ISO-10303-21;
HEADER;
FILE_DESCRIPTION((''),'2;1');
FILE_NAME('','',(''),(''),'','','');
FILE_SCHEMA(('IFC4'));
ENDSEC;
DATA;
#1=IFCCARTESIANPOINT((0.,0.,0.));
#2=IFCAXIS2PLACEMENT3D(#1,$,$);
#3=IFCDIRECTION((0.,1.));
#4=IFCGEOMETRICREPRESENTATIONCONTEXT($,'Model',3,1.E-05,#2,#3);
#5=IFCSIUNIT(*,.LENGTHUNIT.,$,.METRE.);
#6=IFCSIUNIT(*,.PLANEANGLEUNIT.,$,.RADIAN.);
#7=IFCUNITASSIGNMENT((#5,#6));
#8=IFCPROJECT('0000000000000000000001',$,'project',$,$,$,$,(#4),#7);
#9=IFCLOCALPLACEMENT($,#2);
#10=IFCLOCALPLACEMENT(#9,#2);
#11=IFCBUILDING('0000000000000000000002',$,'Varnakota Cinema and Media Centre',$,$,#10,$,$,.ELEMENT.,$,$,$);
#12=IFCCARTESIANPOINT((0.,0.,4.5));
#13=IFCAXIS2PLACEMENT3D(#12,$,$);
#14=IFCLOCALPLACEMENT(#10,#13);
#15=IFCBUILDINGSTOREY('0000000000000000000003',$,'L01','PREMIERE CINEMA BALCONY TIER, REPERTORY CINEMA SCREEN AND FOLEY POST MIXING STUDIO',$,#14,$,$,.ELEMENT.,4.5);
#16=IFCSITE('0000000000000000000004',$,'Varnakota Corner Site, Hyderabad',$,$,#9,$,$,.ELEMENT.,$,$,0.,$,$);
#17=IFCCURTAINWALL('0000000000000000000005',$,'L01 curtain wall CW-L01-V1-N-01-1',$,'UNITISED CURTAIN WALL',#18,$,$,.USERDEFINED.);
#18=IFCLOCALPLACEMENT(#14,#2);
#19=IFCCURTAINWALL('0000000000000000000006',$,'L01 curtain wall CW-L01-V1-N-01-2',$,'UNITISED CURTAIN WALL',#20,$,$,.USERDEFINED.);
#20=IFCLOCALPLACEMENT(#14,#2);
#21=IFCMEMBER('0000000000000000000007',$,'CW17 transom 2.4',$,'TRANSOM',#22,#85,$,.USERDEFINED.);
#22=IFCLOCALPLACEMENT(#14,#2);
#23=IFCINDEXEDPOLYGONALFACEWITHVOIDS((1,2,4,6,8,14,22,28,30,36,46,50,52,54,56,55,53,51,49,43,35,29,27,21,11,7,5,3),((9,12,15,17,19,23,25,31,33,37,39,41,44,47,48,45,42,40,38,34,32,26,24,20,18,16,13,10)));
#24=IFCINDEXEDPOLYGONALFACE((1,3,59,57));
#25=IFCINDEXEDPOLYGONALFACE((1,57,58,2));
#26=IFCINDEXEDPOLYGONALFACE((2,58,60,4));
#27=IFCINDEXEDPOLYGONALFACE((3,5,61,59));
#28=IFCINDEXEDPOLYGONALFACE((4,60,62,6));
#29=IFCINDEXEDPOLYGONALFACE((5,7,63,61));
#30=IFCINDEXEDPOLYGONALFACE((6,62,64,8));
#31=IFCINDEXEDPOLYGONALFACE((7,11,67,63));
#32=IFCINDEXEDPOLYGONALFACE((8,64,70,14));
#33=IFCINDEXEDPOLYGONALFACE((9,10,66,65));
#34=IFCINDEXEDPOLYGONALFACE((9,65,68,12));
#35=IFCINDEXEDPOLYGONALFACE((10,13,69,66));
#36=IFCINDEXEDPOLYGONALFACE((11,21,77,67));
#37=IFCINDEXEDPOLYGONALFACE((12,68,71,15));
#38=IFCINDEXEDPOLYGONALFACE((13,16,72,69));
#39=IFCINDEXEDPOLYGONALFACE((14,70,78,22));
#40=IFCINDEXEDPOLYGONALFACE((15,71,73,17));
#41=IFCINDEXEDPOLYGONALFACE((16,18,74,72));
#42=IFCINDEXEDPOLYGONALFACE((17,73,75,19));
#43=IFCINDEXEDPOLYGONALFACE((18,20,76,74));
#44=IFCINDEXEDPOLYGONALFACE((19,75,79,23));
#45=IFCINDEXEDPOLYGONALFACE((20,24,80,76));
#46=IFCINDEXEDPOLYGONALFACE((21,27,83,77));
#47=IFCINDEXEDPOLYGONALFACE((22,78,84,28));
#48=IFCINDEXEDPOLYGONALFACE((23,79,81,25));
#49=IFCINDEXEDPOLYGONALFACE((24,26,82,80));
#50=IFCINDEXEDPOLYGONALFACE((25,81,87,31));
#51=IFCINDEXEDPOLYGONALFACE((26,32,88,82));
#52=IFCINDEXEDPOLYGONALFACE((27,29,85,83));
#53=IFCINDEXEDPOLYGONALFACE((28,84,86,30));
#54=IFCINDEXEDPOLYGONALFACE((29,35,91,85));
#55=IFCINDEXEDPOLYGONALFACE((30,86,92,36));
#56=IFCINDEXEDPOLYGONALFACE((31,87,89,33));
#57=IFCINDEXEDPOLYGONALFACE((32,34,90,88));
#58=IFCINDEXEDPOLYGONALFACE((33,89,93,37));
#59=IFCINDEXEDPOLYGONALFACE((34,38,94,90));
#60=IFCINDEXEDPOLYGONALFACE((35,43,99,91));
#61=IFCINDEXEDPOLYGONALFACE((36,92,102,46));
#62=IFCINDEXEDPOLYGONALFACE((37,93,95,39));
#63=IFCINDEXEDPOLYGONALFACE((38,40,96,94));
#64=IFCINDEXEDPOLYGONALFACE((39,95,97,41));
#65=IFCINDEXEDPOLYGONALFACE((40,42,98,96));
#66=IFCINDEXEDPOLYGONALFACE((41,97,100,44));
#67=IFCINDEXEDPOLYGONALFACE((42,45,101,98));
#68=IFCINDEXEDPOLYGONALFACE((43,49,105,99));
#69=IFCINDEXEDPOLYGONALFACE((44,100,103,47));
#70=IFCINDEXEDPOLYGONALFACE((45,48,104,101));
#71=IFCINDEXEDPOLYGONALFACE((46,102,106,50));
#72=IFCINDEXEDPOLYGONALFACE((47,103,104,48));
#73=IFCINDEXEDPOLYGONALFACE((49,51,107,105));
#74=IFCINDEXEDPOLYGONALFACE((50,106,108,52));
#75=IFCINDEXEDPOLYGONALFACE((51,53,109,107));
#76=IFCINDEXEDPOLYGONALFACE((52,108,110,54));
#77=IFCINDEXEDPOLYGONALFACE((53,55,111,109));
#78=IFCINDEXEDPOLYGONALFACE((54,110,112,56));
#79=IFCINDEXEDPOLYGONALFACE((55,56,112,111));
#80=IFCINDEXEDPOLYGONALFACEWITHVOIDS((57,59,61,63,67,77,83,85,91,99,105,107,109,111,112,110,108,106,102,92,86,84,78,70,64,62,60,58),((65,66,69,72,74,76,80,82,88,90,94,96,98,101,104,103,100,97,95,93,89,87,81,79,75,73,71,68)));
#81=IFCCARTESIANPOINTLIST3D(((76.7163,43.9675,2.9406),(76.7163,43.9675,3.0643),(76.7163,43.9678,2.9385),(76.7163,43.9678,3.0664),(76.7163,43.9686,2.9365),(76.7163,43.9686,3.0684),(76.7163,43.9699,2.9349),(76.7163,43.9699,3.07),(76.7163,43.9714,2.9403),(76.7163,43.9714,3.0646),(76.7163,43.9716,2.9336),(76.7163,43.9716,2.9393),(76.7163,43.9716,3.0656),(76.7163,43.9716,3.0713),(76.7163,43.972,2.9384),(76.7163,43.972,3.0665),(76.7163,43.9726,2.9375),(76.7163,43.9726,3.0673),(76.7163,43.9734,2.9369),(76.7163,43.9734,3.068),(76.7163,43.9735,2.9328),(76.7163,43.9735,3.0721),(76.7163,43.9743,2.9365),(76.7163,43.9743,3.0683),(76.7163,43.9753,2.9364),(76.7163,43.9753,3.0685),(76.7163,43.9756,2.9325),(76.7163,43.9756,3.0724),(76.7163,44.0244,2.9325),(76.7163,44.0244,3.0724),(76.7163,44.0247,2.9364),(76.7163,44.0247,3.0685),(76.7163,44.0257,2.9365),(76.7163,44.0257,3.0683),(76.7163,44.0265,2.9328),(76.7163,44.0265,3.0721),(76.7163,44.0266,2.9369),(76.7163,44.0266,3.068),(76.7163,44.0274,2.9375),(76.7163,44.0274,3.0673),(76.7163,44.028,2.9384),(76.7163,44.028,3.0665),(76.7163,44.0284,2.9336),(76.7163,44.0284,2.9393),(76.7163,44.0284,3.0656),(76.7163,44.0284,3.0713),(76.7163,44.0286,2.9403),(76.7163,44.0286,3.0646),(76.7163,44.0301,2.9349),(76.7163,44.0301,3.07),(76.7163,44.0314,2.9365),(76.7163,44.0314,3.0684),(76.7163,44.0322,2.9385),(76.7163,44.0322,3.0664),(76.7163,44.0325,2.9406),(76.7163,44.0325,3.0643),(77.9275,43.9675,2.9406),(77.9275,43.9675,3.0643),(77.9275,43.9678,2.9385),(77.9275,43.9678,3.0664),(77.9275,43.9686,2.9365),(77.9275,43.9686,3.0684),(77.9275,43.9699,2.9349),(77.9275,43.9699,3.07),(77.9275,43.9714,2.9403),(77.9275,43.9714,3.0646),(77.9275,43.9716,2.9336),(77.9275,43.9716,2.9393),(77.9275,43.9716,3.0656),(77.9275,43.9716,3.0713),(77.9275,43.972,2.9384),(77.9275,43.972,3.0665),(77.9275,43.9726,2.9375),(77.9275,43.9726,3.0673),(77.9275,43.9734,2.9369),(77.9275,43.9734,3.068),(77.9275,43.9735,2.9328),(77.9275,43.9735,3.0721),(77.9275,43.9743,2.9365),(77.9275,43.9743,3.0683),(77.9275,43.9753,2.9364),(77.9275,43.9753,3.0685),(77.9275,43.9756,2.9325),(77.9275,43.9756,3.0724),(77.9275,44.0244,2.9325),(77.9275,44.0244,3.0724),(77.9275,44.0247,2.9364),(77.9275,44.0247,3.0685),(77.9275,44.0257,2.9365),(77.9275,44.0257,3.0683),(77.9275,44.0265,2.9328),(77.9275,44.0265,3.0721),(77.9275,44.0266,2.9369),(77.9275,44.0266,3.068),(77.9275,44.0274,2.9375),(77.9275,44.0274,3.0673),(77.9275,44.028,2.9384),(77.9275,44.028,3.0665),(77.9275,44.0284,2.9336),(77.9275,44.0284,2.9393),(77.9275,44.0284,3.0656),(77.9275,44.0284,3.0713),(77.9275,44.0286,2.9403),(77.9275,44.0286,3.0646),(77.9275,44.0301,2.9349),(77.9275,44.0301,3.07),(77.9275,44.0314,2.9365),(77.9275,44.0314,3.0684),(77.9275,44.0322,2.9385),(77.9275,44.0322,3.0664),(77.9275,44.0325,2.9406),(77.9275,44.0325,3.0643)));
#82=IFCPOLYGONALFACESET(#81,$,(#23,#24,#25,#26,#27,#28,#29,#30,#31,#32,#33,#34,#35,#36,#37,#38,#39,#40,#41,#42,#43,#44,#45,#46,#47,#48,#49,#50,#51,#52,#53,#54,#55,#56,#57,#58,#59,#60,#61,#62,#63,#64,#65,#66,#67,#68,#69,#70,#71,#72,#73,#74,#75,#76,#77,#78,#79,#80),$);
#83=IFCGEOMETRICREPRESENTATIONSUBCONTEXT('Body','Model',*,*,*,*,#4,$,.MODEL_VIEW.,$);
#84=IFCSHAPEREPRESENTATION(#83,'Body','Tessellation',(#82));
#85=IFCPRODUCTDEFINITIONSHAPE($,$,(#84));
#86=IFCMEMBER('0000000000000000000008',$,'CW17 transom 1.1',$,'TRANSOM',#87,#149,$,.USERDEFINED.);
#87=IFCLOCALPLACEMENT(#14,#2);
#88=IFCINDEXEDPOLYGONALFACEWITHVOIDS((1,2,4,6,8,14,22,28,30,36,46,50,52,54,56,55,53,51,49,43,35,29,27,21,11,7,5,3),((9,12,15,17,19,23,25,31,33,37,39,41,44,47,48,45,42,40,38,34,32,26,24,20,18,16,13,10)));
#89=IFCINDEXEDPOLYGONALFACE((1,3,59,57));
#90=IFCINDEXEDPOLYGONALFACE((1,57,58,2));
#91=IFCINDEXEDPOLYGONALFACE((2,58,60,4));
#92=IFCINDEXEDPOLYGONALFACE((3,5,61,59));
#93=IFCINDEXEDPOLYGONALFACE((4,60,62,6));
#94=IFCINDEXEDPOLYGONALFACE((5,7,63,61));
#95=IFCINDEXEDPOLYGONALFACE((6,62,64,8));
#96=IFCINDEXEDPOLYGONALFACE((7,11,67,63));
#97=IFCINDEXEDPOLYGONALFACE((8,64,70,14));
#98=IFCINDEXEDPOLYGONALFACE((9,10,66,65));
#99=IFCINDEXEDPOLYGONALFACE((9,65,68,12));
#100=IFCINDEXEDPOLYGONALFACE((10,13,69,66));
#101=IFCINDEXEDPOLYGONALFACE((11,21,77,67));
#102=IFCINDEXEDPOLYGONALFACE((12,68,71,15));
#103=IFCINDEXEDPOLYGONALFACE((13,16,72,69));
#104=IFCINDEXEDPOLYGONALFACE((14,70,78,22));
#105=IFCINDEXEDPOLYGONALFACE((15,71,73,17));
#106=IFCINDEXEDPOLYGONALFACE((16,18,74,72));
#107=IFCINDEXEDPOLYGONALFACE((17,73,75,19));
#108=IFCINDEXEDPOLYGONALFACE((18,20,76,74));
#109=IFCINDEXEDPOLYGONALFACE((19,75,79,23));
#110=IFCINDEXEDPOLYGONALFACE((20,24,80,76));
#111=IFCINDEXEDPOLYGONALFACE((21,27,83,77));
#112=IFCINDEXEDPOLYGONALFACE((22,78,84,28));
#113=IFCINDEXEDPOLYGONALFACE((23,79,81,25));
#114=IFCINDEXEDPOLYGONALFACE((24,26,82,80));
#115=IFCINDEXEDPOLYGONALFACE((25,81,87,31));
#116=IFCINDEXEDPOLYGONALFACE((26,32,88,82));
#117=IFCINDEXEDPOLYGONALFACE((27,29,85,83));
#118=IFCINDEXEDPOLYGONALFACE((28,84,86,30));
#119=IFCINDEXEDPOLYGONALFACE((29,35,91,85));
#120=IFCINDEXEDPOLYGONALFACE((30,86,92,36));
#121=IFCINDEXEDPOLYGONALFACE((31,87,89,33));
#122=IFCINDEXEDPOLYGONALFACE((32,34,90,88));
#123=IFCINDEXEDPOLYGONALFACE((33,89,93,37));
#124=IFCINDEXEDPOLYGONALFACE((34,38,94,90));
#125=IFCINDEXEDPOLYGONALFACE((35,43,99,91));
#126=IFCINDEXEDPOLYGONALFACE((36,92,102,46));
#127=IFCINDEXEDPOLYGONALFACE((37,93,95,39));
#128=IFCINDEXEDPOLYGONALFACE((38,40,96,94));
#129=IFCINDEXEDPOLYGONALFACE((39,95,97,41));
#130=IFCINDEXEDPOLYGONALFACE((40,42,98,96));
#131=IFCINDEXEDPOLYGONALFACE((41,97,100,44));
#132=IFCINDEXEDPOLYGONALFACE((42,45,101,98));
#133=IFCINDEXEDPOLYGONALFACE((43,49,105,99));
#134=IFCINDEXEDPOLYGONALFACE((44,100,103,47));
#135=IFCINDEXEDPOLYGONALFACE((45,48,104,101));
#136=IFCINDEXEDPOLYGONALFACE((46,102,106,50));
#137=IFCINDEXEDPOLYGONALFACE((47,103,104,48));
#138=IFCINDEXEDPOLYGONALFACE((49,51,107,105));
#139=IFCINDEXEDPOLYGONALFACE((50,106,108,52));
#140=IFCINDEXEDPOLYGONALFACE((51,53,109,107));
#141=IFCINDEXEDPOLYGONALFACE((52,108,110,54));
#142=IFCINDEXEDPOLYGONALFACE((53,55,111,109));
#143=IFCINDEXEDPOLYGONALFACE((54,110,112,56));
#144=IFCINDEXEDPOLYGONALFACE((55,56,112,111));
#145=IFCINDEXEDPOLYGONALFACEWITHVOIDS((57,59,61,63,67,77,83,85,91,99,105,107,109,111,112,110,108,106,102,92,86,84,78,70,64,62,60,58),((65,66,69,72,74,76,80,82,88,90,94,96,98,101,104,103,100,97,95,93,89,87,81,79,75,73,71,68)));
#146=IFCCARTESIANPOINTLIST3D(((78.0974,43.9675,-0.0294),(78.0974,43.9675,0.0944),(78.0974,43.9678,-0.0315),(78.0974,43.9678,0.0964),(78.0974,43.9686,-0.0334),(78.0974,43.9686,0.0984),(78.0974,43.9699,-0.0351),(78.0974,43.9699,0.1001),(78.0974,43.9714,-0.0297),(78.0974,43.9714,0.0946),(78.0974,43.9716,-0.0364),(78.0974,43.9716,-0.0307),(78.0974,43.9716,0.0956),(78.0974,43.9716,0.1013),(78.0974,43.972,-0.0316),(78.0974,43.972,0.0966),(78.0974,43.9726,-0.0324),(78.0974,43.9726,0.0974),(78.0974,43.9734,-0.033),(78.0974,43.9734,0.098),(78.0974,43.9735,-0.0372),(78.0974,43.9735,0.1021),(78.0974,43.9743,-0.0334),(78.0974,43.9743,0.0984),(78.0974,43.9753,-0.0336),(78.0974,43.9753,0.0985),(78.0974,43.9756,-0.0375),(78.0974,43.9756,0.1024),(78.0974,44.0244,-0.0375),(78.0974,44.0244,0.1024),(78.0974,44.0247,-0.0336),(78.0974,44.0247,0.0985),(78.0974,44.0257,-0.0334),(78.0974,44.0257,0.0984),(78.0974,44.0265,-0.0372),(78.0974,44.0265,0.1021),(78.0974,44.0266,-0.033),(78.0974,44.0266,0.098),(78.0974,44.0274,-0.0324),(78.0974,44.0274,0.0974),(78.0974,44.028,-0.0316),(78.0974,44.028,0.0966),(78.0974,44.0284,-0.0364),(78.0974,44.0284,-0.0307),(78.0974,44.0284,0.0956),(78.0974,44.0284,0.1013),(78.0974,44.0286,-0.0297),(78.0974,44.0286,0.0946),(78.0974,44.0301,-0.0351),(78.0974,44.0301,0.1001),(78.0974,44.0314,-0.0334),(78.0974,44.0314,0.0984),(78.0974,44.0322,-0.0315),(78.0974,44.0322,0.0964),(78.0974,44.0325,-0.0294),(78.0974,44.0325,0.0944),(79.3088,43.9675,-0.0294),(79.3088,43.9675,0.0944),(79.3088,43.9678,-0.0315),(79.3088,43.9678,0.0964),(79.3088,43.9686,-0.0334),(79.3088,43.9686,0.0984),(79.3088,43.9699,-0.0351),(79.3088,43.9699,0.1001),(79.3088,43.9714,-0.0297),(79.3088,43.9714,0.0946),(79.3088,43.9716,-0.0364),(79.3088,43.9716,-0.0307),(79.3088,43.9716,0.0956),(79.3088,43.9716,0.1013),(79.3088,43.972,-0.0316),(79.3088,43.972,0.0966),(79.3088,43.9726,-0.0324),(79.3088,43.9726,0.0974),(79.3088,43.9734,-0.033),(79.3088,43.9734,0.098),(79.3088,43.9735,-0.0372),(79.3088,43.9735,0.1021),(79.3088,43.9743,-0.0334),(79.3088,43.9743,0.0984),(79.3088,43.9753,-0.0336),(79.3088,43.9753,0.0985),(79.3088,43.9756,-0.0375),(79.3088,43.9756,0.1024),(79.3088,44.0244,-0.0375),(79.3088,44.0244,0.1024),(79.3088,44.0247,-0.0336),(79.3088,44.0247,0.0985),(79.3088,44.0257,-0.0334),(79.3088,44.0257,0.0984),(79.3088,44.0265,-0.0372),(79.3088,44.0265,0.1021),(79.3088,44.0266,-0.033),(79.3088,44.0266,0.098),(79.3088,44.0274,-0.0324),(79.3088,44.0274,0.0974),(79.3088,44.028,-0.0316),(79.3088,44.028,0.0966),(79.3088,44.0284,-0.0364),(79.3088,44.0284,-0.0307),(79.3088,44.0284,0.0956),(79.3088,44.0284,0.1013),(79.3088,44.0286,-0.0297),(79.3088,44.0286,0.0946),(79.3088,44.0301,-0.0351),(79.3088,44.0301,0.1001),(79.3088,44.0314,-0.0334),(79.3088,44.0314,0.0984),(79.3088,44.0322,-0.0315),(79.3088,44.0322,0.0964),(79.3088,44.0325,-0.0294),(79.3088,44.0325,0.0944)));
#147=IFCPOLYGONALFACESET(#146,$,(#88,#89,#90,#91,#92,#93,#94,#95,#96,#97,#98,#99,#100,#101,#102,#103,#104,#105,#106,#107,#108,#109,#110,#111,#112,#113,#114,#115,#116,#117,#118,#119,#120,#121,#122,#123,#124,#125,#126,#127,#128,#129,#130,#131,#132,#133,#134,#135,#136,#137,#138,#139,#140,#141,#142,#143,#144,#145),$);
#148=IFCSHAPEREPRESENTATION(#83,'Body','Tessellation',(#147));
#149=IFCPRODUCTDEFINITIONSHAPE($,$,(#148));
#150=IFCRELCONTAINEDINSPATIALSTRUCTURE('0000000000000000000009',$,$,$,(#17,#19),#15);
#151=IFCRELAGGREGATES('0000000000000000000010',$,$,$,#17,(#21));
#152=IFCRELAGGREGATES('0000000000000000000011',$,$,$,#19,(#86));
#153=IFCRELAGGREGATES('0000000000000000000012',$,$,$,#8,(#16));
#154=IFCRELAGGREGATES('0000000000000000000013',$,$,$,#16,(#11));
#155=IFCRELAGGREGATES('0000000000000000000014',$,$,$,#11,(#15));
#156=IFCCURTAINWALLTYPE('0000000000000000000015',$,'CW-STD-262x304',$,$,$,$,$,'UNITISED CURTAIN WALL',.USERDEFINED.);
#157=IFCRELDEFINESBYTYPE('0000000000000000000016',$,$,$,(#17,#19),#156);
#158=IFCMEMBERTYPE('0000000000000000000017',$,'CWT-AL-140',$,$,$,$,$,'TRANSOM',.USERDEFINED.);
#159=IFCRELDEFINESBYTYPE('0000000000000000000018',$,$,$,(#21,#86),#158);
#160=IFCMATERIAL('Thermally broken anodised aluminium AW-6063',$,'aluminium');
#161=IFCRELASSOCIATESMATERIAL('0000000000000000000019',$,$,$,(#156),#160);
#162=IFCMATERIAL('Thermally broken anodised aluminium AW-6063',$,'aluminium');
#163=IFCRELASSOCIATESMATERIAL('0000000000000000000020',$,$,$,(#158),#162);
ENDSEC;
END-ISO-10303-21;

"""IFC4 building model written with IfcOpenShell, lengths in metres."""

from ifc_helpers import new_model, si_unit, direction, frame, origin, origin_2d, place, context, subcontext, project, spatial, hollow_rectangle, extrude, material, material_profile, profile_set, type_object, element, aggregate, save


model = new_model("IFC4")

# Units and contexts
model_context = context("Model", 3, precision=1e-05, world=origin(), true_north=direction((0.0, 1.0)))
body_context = subcontext(model_context, "Body", "Model", "MODEL_VIEW")
ifc_project = project(units=[si_unit("LENGTHUNIT", "METRE"), si_unit("PLANEANGLEUNIT", "RADIAN")], contexts=[model_context])

# Site, building, storey
site_placement = place(None, origin())
site = spatial("IfcSite", under=ifc_project, at=site_placement, Name="Varnakota Corner Site, Hyderabad", CompositionType="ELEMENT", RefElevation=0.0)
building_placement = place(site_placement, origin())
building = spatial("IfcBuilding", under=site, at=building_placement, Name="Varnakota Cinema and Media Centre", CompositionType="ELEMENT")
storey_placement = place(building_placement, frame((0.0, 0.0, 4.5)))
storey = spatial("IfcBuildingStorey", under=building, at=storey_placement, Name="L01", Description="PREMIERE CINEMA BALCONY TIER, REPERTORY CINEMA SCREEN AND FOLEY POST MIXING STUDIO", CompositionType="ELEMENT", Elevation=4.5)

# Curtain wall
ifc_material_1 = material(Name="Thermally broken anodised aluminium AW-6063", Category="aluminium")
curtain_wall_type = type_object("IfcCurtainWallType", Name="CW-STD-262x304", ElementType="UNITISED CURTAIN WALL", PredefinedType="USERDEFINED", material=ifc_material_1)
curtain_wall_1_placement = place(storey_placement, origin())
curtain_wall_1 = element("IfcCurtainWall", 1, at=curtain_wall_1_placement, inside=storey, type_object=curtain_wall_type, Name="L01 curtain wall CW-L01-V1-N-01-1", ObjectType="UNITISED CURTAIN WALL", PredefinedType="USERDEFINED")

# Curtain wall
curtain_wall_2_placement = place(storey_placement, origin())
curtain_wall_2 = element("IfcCurtainWall", 2, at=curtain_wall_2_placement, inside=storey, type_object=curtain_wall_type, Name="L01 curtain wall CW-L01-V1-N-01-2", ObjectType="UNITISED CURTAIN WALL", PredefinedType="USERDEFINED")

# Members
ifc_material_2 = material(Name="Thermally broken anodised aluminium AW-6063", Category="aluminium")
ifc_material_profile_1 = material_profile(ifc_material_2, hollow_rectangle(XDim=0.0649, YDim=0.1399, WallThickness=0.0039, InnerFilletRadius=0.0039, OuterFilletRadius=0.0081, at=origin_2d()), Name="AL-TRANSOM 140x65x4")
ifc_profile_set_1 = profile_set([ifc_material_profile_1], Name="Thermally broken anodised aluminium AW-6063")
member_type_1 = type_object("IfcMemberType", Name="CWT-AL-140", ElementType="TRANSOM", PredefinedType="USERDEFINED", material=ifc_profile_set_1)
member_1_placement = place(storey_placement, frame((76.7163, 44.0, 3.0024), z_axis=(1.0, 0.0, 0.0), x_axis=(0.0, 1.0, 0.0)))
member_1 = element("IfcMember", 3, at=member_1_placement, type_object=member_type_1, Name="CW17 transom 2.4", ObjectType="TRANSOM", PredefinedType="USERDEFINED", context=body_context, shape_type="SweptSolid", body=[
    extrude(hollow_rectangle(XDim=0.0649, YDim=0.1399, WallThickness=0.0039, InnerFilletRadius=0.0039, OuterFilletRadius=0.0081, at=origin_2d()), origin(), (0.0, 0.0, 1.0), 1.2112),
])
member_2_placement = place(storey_placement, frame((78.0974, 44.0, 0.0325), z_axis=(1.0, 0.0, 0.0), x_axis=(0.0, 1.0, 0.0)))
member_2 = element("IfcMember", 4, at=member_2_placement, type_object=member_type_1, Name="CW17 transom 1.1", ObjectType="TRANSOM", PredefinedType="USERDEFINED", context=body_context, shape_type="SweptSolid", body=[
    extrude(hollow_rectangle(XDim=0.0649, YDim=0.1399, WallThickness=0.0039, InnerFilletRadius=0.0039, OuterFilletRadius=0.0081, at=origin_2d()), origin(), (0.0, 0.0, 1.0), 1.2114),
])

aggregate(curtain_wall_1, [member_1])
aggregate(curtain_wall_2, [member_2])

save(model, "model.ifc")
